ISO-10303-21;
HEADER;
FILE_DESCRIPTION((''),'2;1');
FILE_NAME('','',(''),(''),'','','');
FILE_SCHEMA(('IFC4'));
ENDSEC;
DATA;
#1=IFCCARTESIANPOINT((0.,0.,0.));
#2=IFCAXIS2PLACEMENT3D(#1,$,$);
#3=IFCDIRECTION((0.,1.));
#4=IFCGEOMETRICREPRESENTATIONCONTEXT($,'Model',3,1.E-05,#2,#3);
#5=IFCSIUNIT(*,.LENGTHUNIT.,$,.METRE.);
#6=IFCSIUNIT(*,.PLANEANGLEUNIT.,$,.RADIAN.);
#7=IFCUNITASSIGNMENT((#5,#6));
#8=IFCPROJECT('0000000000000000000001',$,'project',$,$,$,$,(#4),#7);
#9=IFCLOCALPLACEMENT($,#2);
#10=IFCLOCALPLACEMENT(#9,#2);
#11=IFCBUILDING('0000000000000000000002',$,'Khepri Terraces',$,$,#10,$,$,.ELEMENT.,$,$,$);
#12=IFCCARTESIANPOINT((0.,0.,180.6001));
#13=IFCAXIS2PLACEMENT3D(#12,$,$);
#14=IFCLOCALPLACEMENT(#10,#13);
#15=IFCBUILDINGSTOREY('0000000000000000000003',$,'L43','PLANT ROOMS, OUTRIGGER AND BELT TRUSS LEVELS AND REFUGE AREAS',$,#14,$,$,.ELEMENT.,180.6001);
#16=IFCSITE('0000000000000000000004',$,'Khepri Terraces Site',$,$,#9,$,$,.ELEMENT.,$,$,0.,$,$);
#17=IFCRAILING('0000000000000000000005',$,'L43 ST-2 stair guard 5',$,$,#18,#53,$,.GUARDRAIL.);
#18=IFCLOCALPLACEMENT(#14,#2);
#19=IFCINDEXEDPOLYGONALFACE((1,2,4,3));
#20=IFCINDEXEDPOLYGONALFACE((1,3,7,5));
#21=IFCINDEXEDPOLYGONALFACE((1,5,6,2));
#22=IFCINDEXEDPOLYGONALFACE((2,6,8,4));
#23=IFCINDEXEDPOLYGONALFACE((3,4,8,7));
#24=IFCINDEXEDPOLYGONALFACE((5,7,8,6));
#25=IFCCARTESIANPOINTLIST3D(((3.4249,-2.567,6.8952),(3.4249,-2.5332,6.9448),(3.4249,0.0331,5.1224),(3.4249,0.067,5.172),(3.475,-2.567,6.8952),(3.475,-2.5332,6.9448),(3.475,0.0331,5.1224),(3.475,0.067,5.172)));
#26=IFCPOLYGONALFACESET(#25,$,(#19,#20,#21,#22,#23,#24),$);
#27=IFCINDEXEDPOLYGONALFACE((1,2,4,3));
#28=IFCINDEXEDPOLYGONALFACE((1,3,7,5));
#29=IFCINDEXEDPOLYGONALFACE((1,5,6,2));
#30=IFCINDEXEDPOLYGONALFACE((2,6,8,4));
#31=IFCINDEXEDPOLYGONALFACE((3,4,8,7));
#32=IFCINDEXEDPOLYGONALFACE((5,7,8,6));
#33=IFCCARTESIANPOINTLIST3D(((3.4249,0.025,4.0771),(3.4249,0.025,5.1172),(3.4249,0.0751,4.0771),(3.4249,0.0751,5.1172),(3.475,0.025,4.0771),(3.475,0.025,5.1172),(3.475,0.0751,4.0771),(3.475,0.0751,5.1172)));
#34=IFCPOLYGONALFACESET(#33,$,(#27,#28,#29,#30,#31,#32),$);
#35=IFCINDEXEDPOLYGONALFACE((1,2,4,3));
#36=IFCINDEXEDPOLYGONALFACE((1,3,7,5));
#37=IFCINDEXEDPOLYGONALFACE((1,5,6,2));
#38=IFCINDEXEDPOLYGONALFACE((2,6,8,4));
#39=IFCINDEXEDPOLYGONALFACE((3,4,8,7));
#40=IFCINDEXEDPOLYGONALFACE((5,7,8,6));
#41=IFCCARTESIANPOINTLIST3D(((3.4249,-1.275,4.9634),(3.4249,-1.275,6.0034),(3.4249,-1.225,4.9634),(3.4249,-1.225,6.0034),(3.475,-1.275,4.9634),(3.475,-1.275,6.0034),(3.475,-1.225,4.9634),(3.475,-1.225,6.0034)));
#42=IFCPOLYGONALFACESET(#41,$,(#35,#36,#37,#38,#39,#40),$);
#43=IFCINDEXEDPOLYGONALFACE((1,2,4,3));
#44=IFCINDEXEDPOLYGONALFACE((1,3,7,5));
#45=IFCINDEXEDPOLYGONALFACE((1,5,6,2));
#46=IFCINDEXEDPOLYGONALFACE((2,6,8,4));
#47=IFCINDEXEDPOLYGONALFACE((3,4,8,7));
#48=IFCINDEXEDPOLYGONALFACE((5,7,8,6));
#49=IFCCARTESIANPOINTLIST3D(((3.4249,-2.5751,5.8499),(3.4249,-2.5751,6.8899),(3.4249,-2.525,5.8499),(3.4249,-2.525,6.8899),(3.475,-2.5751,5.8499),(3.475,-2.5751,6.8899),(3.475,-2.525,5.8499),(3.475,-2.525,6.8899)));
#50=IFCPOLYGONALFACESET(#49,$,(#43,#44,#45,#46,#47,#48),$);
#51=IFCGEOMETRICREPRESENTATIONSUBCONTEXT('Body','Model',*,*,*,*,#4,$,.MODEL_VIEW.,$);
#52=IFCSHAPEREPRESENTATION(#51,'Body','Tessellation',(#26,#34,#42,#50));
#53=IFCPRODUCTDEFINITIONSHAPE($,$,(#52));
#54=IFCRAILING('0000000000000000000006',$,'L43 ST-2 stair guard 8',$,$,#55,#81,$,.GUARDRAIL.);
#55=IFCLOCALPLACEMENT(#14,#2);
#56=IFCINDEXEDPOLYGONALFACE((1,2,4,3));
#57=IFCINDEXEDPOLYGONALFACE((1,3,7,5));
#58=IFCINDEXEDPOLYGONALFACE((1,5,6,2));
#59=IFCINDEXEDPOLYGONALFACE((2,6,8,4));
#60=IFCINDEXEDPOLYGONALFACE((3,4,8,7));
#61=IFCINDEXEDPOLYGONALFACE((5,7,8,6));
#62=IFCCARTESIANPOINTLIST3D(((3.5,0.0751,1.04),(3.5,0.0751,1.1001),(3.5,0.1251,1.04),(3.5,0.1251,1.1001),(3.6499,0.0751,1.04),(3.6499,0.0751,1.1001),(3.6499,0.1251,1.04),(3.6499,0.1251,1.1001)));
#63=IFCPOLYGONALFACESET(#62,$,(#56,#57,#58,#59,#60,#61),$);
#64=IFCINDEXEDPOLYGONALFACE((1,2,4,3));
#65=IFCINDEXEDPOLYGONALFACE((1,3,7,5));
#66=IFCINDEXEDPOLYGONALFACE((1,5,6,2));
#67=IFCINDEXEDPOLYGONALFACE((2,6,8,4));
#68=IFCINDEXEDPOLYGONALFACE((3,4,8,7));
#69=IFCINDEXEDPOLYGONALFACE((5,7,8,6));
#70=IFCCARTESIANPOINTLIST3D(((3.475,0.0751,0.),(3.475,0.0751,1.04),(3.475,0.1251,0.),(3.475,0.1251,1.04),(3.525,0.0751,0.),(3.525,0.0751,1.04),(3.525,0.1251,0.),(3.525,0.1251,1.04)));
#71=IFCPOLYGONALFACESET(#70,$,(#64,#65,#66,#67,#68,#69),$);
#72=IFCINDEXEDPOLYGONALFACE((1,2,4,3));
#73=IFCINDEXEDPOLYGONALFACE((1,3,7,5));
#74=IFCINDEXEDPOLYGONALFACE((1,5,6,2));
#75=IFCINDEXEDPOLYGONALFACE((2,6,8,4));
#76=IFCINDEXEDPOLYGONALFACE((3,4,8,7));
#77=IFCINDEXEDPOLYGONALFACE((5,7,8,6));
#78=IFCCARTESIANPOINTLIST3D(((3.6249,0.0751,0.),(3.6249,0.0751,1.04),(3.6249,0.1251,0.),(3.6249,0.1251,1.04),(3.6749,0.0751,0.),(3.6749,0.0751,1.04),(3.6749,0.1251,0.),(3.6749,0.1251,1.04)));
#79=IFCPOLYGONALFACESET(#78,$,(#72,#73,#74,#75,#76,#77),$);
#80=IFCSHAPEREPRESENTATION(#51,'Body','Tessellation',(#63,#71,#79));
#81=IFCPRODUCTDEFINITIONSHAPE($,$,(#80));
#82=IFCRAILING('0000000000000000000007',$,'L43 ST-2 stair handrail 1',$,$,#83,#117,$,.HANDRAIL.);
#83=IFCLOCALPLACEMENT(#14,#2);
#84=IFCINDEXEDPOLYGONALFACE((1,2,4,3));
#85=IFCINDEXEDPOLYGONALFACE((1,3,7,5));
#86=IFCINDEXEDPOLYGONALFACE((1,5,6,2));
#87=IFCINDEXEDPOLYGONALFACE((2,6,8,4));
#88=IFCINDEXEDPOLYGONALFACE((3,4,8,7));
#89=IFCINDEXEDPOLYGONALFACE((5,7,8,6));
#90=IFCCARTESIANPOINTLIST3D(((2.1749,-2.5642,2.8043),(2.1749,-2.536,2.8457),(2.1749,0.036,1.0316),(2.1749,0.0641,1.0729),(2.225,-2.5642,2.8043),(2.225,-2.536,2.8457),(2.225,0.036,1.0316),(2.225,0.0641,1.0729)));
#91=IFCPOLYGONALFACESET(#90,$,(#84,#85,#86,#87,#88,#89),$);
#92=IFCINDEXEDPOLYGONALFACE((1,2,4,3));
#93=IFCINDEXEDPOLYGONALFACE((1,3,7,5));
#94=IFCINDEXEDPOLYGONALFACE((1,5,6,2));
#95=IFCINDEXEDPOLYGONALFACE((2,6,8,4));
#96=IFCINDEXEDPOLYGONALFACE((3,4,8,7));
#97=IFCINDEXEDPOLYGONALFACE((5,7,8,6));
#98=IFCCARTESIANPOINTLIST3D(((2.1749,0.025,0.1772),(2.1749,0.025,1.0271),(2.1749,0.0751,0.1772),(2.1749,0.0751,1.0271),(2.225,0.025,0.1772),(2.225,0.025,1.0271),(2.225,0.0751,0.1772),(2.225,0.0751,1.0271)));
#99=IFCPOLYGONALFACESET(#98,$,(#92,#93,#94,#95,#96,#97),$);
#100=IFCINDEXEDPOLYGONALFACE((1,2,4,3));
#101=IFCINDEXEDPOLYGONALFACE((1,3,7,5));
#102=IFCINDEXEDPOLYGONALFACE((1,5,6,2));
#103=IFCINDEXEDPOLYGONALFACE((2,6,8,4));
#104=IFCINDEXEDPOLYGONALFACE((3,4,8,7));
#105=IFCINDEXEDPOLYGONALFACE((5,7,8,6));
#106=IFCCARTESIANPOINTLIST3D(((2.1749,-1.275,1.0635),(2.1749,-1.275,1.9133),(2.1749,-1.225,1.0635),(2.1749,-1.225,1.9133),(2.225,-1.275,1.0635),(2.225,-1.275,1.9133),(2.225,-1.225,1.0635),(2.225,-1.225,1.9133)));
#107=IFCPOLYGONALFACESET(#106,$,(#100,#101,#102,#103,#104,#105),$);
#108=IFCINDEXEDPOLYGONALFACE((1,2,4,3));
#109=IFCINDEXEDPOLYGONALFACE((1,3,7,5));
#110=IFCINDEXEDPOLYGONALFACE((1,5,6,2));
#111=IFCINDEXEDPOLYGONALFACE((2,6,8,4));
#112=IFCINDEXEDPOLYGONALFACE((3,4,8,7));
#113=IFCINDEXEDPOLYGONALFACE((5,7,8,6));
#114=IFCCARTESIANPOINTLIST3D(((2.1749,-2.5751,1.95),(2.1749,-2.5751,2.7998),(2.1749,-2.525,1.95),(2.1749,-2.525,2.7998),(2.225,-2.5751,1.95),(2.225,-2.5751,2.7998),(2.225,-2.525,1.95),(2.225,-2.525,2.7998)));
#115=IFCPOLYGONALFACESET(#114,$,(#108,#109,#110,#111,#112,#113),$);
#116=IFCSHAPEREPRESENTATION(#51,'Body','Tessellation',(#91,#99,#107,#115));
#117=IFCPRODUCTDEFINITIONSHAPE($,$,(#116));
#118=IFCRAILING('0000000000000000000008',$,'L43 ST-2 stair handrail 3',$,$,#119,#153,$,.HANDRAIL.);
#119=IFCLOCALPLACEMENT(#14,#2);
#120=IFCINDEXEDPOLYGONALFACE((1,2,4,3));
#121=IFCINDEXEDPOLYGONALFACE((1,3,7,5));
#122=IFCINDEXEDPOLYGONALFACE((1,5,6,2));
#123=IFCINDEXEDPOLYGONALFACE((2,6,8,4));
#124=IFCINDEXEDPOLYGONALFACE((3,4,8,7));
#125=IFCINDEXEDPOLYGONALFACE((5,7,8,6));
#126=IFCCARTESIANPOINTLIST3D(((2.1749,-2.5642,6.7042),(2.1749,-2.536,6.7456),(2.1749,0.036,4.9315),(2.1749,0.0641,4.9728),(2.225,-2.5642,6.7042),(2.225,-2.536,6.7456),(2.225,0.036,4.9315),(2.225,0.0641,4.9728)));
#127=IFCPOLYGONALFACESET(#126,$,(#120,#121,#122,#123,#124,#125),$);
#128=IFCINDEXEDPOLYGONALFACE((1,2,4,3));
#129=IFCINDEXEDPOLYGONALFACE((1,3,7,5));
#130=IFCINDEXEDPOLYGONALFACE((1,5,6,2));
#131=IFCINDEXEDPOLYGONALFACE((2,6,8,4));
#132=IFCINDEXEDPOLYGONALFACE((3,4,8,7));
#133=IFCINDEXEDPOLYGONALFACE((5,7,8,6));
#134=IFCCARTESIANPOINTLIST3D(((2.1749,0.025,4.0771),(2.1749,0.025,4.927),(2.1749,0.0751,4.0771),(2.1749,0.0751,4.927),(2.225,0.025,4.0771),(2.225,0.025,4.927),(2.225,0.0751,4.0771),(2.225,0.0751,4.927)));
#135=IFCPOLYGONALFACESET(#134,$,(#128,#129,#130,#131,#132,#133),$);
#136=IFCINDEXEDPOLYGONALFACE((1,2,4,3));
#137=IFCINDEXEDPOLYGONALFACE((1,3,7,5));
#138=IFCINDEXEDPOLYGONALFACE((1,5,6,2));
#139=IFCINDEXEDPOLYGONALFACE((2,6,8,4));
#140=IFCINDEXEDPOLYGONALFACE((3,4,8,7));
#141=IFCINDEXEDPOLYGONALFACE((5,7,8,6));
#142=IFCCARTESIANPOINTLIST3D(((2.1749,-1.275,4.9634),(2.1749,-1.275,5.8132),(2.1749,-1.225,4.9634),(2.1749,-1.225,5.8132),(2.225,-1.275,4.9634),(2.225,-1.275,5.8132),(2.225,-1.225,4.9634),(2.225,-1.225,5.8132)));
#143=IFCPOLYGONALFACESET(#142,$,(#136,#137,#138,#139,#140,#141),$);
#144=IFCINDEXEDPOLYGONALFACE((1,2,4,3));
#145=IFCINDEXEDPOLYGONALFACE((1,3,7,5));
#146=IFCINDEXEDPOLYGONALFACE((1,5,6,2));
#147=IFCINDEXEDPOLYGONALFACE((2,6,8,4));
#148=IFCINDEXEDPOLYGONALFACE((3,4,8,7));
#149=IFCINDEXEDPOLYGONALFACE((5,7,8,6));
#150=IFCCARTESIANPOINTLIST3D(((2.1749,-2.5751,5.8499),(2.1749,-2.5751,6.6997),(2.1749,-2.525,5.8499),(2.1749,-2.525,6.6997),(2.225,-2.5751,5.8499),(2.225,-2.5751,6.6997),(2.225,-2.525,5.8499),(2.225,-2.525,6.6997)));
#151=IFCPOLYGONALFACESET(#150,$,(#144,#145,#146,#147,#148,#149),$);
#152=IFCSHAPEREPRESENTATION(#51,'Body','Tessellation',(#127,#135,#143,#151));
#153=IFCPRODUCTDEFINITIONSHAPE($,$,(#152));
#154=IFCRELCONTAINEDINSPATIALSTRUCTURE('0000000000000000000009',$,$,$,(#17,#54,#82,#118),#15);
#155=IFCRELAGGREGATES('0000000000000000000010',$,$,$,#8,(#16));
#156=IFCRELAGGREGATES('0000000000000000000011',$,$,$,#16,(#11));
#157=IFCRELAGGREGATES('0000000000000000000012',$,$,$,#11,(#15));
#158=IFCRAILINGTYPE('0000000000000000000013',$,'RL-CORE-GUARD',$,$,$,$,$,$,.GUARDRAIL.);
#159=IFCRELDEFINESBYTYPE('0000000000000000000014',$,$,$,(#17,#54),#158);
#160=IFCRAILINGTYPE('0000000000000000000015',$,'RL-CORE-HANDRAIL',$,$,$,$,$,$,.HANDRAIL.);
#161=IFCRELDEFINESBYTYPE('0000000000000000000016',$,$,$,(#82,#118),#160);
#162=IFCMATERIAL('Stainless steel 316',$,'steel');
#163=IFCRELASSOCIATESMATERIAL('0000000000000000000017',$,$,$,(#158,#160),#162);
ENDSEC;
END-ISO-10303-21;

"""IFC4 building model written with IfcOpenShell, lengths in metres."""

from ifc_helpers import new_model, si_unit, direction, frame, origin, origin_2d, place, context, subcontext, project, spatial, rectangle, extrude, material, type_object, element, save


model = new_model("IFC4")

# Units and contexts
model_context = context("Model", 3, precision=1e-05, world=origin(), true_north=direction((0.0, 1.0)))
body_context = subcontext(model_context, "Body", "Model", "MODEL_VIEW")
ifc_project = project(units=[si_unit("LENGTHUNIT", "METRE"), si_unit("PLANEANGLEUNIT", "RADIAN")], contexts=[model_context])

# Site, building, storey
site_placement = place(None, origin())
site = spatial("IfcSite", under=ifc_project, at=site_placement, Name="Khepri Terraces Site", CompositionType="ELEMENT", RefElevation=0.0)
building_placement = place(site_placement, origin())
building = spatial("IfcBuilding", under=site, at=building_placement, Name="Khepri Terraces", CompositionType="ELEMENT")
storey_placement = place(building_placement, frame((0.0, 0.0, 180.6001)))
storey = spatial("IfcBuildingStorey", under=building, at=storey_placement, Name="L43", Description="PLANT ROOMS, OUTRIGGER AND BELT TRUSS LEVELS AND REFUGE AREAS", CompositionType="ELEMENT", Elevation=180.6001)

# Railings
ifc_material_1 = material(Name="Stainless steel 316", Category="steel")
railing_type_1 = type_object("IfcRailingType", Name="RL-CORE-GUARD", PredefinedType="GUARDRAIL", material=ifc_material_1)
railing_1_placement = place(storey_placement, frame((3.45, 0.05, 4.0771)))
element("IfcRailing", 1, at=railing_1_placement, inside=storey, type_object=railing_type_1, Name="L43 ST-2 stair guard 5", PredefinedType="GUARDRAIL", context=body_context, shape_type="SweptSolid", body=[
    extrude(rectangle(XDim=0.05, YDim=0.0601, at=origin_2d()), frame((0.0, 0.0, 1.0701), z_axis=(0.0, -0.82624, 0.563318), x_axis=(1.0, 0.0, 0.0)), (0.0, 0.0, 1.0), 3.147),
    extrude(rectangle(XDim=0.05, YDim=0.05, at=origin_2d()), origin(), (0.0, 0.0, 1.0), 1.04),
    extrude(rectangle(XDim=0.05, YDim=0.05, at=origin_2d()), frame((0.0, -1.3, 0.8862)), (0.0, 0.0, 1.0), 1.04),
    extrude(rectangle(XDim=0.05, YDim=0.05, at=origin_2d()), frame((0.0, -2.6001, 1.7727)), (0.0, 0.0, 1.0), 1.04),
])
railing_2_placement = place(storey_placement, frame((3.5, 0.1001, 0.0)))
element("IfcRailing", 2, at=railing_2_placement, inside=storey, type_object=railing_type_1, Name="L43 ST-2 stair guard 8", PredefinedType="GUARDRAIL", context=body_context, shape_type="SweptSolid", body=[
    extrude(rectangle(XDim=0.05, YDim=0.0601, at=origin_2d()), frame((0.0, 0.0, 1.0701), z_axis=(1.0, 0.0, 0.0), x_axis=(0.0, 1.0, 0.0)), (0.0, 0.0, 1.0), 0.1499),
    extrude(rectangle(XDim=0.05, YDim=0.05, at=origin_2d()), origin(), (0.0, 0.0, 1.0), 1.04),
    extrude(rectangle(XDim=0.05, YDim=0.05, at=origin_2d()), frame((0.1499, 0.0, 0.0)), (0.0, 0.0, 1.0), 1.04),
])
railing_type_2 = type_object("IfcRailingType", Name="RL-CORE-HANDRAIL", PredefinedType="HANDRAIL", material=ifc_material_1)
for number, where, name in (
    (3, (2.2, 0.05, 0.1772), "L43 ST-2 stair handrail 1"),
    (4, (2.2, 0.05, 4.0771), "L43 ST-2 stair handrail 3"),
):
    element("IfcRailing", number, at=place(storey_placement, frame(where)), inside=storey, type_object=railing_type_2, Name=name, PredefinedType="HANDRAIL", context=body_context, shape_type="SweptSolid", body=[
        extrude(rectangle(XDim=0.05, YDim=0.05, at=origin_2d()), frame((0.0, 0.0, 0.875), z_axis=(0.0, -0.82624, 0.563318), x_axis=(1.0, 0.0, 0.0)), (0.0, 0.0, 1.0), 3.147),
        extrude(rectangle(XDim=0.05, YDim=0.05, at=origin_2d()), origin(), (0.0, 0.0, 1.0), 0.8499),
        extrude(rectangle(XDim=0.05, YDim=0.05, at=origin_2d()), frame((0.0, -1.3, 0.8862)), (0.0, 0.0, 1.0), 0.8499),
        extrude(rectangle(XDim=0.05, YDim=0.05, at=origin_2d()), frame((0.0, -2.6001, 1.7727)), (0.0, 0.0, 1.0), 0.8499),
    ])

save(model, "model.ifc")
